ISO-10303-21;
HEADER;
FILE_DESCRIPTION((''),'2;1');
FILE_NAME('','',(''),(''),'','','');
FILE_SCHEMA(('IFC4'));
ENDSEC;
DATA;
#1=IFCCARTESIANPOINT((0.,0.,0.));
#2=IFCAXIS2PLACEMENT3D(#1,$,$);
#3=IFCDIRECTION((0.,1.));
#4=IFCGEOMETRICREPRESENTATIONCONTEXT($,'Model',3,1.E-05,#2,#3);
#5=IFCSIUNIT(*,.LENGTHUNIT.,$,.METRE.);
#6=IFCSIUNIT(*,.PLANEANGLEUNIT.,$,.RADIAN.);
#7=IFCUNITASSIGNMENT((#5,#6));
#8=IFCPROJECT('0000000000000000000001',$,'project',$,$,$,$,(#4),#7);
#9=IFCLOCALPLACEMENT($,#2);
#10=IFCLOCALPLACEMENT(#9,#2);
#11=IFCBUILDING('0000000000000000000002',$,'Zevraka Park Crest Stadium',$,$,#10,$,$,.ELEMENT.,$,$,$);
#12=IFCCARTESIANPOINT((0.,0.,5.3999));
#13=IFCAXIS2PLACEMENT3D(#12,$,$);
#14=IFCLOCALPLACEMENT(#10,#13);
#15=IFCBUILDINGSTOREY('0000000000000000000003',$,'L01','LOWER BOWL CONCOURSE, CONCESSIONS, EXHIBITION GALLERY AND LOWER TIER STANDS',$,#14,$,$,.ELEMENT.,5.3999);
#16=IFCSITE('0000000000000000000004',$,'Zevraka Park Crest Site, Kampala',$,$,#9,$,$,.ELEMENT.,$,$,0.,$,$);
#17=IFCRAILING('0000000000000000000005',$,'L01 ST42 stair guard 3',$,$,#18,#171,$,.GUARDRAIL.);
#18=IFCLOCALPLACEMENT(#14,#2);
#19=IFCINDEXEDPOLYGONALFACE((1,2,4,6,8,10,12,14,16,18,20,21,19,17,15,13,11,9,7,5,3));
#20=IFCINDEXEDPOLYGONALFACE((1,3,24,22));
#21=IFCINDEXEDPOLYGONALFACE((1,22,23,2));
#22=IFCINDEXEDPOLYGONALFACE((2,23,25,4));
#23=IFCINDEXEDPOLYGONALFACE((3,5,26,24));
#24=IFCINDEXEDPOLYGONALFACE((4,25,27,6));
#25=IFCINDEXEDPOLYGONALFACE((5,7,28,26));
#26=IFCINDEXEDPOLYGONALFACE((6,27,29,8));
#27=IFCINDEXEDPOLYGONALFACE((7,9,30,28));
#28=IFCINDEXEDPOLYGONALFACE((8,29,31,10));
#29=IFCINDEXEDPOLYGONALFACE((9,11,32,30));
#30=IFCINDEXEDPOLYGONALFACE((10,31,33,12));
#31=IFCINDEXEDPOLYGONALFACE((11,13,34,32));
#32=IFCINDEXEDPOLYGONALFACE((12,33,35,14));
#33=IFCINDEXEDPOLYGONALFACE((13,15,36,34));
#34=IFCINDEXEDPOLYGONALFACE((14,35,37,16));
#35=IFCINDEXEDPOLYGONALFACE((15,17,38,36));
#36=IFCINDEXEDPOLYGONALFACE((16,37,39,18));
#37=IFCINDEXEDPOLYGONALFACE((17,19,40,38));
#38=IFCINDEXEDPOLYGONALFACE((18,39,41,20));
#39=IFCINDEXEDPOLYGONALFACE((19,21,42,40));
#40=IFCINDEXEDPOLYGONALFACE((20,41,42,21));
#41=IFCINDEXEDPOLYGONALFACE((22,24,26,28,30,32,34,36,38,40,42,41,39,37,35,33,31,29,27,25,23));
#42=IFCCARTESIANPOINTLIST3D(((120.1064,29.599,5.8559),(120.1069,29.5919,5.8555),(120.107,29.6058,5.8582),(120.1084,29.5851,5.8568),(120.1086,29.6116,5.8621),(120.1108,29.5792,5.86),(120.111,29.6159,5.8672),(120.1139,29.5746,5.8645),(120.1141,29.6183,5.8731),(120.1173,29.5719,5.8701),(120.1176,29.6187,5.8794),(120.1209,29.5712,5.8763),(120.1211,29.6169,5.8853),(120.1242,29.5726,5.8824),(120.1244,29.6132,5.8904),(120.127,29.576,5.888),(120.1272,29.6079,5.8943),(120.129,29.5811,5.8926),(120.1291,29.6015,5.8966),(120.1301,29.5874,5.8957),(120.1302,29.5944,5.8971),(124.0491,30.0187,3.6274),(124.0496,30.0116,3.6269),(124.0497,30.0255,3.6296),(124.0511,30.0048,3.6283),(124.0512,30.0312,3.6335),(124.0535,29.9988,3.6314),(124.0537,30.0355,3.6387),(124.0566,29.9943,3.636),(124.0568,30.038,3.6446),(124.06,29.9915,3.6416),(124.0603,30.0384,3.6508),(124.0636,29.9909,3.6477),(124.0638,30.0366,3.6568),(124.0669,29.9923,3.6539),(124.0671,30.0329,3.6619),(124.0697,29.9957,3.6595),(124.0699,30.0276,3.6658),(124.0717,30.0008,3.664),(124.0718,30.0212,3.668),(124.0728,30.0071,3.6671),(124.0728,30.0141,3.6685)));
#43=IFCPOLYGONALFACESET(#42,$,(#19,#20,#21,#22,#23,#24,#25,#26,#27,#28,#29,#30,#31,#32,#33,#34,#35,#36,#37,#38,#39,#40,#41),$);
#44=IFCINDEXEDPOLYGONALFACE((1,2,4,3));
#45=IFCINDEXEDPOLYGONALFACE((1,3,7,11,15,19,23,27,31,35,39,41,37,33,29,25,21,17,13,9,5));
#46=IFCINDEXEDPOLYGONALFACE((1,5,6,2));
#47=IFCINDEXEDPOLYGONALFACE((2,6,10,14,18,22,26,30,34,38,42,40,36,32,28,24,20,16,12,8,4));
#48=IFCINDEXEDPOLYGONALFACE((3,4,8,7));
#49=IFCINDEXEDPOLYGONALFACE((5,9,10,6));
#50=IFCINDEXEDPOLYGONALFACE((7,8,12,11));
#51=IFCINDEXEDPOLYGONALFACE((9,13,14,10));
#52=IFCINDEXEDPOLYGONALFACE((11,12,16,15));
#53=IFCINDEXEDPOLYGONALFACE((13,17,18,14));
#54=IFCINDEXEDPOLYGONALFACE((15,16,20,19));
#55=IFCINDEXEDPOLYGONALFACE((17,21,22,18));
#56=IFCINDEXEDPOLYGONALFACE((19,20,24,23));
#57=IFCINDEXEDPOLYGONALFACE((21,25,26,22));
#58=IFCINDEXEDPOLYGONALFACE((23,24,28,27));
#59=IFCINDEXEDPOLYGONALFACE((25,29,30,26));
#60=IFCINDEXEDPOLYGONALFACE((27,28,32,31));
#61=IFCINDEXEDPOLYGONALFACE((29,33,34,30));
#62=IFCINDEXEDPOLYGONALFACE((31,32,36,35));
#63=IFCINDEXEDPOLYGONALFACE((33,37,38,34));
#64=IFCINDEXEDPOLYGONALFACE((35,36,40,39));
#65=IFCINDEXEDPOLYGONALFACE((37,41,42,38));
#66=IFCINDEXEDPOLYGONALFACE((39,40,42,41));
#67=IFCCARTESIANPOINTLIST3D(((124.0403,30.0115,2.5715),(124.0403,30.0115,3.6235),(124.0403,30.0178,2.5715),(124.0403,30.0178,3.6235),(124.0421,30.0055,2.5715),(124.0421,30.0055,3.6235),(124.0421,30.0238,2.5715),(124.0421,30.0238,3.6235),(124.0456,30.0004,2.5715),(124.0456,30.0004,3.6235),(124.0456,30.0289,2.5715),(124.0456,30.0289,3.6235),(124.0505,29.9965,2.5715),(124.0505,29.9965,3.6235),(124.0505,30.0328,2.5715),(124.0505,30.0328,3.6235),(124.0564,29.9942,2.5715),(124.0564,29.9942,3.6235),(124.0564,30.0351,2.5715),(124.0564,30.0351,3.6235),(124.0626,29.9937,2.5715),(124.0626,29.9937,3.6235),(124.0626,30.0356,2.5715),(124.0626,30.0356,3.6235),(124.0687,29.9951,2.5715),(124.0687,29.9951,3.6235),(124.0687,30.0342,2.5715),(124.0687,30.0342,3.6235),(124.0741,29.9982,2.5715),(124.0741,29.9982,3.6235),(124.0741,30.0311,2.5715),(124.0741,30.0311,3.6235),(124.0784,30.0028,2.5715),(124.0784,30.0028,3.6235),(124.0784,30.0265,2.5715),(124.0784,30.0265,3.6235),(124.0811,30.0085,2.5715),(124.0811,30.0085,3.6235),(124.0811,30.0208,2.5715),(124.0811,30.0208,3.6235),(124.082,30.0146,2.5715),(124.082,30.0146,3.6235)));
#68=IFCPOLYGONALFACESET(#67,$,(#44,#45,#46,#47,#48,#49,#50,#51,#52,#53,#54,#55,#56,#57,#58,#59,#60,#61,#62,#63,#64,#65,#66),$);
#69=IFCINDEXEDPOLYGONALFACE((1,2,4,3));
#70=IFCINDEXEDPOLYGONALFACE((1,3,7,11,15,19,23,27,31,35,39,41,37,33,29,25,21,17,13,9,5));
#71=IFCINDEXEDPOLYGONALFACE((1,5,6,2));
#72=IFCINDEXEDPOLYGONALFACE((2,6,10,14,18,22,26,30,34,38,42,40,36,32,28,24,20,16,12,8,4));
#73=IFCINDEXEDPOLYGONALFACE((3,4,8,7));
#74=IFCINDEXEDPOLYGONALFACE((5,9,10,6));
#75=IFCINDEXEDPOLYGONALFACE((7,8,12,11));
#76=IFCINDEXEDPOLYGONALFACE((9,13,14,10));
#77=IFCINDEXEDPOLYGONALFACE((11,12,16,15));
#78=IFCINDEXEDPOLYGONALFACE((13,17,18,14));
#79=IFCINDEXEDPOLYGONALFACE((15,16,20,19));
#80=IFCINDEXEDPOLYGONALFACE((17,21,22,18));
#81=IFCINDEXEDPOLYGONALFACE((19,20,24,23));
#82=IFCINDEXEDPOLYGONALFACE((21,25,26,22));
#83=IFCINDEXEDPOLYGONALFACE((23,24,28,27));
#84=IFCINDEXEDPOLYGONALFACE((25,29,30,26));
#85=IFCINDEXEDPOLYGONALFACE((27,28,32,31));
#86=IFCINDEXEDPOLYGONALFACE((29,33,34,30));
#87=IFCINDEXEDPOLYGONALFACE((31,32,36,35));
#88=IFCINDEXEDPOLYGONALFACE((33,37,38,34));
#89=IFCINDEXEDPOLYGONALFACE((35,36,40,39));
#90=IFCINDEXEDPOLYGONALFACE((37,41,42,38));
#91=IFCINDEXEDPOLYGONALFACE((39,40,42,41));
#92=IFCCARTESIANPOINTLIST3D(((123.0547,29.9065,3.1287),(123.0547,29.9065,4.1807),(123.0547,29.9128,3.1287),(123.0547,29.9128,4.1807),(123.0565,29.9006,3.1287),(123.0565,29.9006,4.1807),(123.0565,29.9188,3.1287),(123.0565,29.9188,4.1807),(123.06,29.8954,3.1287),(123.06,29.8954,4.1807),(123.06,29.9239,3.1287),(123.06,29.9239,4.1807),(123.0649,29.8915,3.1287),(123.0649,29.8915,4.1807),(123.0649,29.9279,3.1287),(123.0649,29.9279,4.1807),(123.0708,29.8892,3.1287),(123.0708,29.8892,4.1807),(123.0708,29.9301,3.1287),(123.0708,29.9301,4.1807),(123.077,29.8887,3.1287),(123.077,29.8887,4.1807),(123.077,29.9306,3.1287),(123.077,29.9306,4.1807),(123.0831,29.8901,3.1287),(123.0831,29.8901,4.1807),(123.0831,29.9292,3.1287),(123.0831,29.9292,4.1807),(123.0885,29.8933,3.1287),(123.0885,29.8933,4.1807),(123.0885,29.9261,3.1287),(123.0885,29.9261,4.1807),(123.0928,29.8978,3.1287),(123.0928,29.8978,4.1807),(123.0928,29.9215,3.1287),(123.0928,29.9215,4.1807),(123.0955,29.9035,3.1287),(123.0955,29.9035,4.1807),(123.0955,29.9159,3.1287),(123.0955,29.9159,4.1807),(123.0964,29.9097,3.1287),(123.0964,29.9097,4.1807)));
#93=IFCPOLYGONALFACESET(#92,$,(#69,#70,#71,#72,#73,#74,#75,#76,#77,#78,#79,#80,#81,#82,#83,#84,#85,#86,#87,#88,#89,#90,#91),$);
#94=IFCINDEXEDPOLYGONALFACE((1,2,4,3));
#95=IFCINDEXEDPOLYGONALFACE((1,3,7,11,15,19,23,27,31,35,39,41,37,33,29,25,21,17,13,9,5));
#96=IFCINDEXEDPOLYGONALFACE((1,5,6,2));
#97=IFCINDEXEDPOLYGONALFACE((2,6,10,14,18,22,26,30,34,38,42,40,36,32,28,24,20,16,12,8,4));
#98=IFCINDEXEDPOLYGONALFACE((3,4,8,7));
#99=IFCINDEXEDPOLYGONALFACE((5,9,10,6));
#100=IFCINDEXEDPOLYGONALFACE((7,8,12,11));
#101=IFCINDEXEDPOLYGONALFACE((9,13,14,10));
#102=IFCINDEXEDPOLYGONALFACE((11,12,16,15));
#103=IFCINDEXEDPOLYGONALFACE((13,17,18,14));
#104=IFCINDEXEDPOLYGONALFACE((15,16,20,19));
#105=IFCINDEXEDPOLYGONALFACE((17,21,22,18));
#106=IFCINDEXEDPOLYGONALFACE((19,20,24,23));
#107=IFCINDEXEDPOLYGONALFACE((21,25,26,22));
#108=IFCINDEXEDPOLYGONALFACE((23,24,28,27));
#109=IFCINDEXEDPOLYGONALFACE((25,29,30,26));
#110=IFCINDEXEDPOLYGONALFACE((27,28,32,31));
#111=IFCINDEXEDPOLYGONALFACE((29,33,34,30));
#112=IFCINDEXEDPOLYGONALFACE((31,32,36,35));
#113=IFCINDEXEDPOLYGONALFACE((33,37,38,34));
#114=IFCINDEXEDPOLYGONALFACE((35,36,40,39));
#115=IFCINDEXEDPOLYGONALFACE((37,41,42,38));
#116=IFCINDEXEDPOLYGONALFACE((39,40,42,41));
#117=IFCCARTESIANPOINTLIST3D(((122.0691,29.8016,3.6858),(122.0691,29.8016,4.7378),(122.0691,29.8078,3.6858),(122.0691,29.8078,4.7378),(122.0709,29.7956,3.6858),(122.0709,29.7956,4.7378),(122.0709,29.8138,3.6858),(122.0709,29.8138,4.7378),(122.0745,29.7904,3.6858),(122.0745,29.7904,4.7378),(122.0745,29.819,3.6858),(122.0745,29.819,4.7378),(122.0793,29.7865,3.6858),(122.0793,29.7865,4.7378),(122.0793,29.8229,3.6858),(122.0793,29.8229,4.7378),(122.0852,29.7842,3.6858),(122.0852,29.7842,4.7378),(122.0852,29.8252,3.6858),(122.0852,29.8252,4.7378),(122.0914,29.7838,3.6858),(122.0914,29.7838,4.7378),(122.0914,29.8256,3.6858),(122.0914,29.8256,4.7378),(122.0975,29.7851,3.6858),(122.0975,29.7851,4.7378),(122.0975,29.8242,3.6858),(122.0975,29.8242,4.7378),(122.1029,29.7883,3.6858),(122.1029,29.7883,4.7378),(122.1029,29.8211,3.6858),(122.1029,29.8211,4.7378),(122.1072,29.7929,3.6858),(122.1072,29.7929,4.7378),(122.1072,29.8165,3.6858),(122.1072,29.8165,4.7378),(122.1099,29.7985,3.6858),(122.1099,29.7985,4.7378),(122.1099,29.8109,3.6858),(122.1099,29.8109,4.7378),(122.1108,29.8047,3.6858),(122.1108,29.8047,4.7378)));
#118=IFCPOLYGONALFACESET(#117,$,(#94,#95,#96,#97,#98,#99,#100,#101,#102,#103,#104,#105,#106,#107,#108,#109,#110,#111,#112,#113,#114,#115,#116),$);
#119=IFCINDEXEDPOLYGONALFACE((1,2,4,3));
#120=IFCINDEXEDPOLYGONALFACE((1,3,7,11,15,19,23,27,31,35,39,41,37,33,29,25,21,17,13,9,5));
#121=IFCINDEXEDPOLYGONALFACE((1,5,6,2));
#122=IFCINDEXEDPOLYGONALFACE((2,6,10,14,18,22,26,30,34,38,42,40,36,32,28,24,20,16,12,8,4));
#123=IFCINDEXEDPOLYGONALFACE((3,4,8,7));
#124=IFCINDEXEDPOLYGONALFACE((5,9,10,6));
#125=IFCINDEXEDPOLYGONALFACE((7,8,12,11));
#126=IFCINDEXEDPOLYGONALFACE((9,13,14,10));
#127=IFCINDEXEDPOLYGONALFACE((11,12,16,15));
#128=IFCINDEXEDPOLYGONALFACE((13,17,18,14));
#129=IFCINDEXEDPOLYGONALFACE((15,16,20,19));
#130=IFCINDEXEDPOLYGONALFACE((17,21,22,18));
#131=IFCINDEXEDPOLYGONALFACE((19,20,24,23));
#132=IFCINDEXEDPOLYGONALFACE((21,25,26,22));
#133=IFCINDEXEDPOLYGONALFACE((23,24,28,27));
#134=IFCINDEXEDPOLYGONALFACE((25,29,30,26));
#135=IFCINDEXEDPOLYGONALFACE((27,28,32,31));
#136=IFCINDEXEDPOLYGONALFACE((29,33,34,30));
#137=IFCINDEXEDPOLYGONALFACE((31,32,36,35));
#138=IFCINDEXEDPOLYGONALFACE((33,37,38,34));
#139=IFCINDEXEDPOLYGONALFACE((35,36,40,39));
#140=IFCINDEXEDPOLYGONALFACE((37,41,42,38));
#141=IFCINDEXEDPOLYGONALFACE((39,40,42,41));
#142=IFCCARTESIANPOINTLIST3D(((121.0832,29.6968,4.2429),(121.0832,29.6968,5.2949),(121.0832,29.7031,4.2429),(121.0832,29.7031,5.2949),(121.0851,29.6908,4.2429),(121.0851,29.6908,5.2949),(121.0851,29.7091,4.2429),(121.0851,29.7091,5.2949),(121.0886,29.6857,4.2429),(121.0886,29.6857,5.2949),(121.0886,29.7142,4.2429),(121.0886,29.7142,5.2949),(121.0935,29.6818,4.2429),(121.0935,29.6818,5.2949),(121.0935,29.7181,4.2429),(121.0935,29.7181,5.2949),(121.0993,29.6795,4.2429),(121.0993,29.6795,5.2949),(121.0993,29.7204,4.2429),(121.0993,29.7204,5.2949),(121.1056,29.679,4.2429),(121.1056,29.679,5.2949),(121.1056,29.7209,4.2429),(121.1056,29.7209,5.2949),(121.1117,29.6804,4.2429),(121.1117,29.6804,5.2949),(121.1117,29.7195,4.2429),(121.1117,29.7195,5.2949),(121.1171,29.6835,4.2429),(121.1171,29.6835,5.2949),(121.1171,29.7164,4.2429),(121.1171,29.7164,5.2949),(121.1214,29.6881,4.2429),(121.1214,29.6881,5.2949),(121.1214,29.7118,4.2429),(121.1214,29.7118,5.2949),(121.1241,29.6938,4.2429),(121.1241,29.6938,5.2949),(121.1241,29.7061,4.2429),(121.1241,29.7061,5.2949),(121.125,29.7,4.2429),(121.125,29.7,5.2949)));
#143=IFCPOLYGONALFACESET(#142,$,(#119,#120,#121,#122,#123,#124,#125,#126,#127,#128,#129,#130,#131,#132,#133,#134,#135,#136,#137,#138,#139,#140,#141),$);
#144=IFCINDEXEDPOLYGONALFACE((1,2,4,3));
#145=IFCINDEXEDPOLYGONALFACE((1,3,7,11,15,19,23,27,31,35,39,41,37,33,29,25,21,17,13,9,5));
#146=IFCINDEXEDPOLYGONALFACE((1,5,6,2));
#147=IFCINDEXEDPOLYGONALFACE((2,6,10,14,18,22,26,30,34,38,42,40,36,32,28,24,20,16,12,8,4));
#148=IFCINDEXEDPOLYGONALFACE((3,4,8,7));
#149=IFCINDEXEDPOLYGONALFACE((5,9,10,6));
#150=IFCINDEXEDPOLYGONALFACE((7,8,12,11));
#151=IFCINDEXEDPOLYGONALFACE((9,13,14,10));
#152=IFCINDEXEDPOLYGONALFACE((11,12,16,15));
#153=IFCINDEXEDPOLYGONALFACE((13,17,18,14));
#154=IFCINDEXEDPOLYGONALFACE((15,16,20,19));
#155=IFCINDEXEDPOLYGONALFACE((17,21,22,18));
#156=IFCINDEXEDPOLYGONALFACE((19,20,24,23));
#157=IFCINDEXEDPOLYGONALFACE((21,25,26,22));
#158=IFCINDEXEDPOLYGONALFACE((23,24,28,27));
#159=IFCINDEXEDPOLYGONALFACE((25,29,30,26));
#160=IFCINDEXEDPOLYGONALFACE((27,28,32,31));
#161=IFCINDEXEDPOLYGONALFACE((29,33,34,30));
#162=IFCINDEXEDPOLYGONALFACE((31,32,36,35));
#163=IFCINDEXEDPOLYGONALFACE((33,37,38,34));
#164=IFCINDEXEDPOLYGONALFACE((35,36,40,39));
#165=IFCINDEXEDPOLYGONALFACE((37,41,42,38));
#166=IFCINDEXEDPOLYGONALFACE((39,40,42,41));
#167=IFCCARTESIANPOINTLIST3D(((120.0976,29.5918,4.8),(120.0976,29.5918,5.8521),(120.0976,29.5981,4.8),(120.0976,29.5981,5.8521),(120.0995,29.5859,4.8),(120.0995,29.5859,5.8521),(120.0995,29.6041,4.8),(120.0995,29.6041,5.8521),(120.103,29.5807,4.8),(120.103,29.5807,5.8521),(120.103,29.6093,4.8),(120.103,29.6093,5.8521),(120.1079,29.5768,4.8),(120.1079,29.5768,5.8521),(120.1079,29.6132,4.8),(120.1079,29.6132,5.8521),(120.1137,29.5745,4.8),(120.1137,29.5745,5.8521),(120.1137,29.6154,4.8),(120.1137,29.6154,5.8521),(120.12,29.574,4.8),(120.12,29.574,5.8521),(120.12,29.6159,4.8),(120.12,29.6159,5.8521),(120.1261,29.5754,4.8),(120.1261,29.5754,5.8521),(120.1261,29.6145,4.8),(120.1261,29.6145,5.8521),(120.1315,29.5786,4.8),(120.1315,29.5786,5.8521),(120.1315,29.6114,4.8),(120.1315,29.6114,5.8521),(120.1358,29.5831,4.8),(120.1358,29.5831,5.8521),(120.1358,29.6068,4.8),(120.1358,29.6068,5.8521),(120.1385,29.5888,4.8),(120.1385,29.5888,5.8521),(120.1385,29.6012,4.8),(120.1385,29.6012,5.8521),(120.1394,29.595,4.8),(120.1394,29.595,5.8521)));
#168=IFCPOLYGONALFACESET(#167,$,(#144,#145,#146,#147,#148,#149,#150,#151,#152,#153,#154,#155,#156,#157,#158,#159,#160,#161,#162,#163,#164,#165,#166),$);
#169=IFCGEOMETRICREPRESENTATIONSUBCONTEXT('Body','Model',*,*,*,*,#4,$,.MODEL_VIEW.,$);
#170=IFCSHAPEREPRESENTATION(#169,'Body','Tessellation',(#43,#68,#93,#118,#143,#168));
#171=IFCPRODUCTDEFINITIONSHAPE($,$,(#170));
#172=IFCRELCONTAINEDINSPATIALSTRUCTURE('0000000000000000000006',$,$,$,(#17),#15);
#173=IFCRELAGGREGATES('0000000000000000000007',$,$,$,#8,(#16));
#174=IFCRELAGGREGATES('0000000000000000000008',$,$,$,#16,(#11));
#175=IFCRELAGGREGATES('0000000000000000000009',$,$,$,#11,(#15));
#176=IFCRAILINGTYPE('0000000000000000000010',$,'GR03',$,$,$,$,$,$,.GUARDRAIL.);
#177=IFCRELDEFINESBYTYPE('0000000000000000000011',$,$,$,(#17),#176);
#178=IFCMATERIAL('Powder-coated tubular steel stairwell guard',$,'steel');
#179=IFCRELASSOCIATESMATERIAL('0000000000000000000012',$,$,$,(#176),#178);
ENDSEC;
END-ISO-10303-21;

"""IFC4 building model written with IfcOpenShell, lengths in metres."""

from ifc_helpers import new_model, si_unit, direction, frame, origin, origin_2d, place, context, subcontext, project, spatial, circle, extrude, material, type_object, element, save


model = new_model("IFC4")

# Units and contexts
model_context = context("Model", 3, precision=1e-05, world=origin(), true_north=direction((0.0, 1.0)))
body_context = subcontext(model_context, "Body", "Model", "MODEL_VIEW")
ifc_project = project(units=[si_unit("LENGTHUNIT", "METRE"), si_unit("PLANEANGLEUNIT", "RADIAN")], contexts=[model_context])

# Site, building, storey
site_placement = place(None, origin())
site = spatial("IfcSite", under=ifc_project, at=site_placement, Name="Zevraka Park Crest Site, Kampala", CompositionType="ELEMENT", RefElevation=0.0)
building_placement = place(site_placement, origin())
building = spatial("IfcBuilding", under=site, at=building_placement, Name="Zevraka Park Crest Stadium", CompositionType="ELEMENT")
storey_placement = place(building_placement, frame((0.0, 0.0, 5.3999)))
storey = spatial("IfcBuildingStorey", under=building, at=storey_placement, Name="L01", Description="LOWER BOWL CONCOURSE, CONCESSIONS, EXHIBITION GALLERY AND LOWER TIER STANDS", CompositionType="ELEMENT", Elevation=5.3999)

# Railing
ifc_material_1 = material(Name="Powder-coated tubular steel stairwell guard", Category="steel")
railing_type_1 = type_object("IfcRailingType", Name="GR03", PredefinedType="GUARDRAIL", material=ifc_material_1)
railing_1_placement = place(storey_placement, frame((124.061, 30.0146, 2.5715)))
element("IfcRailing", 1, at=railing_1_placement, inside=storey, type_object=railing_type_1, Name="L01 ST42 stair guard 3", PredefinedType="GUARDRAIL", context=body_context, shape_type="SweptSolid", body=[
    extrude(circle(Radius=0.0239, at=origin_2d()), frame((0.0, 0.0, 1.0762), z_axis=(-0.866842, -0.092272, 0.48997), x_axis=(0.105848, -0.994382, 0.0)), (0.0, 0.0, 1.0), 4.5483),
    extrude(circle(Radius=0.021, at=origin_2d()), origin(), (0.0, 0.0, 1.0), 1.052),
    extrude(circle(Radius=0.021, at=origin_2d()), frame((-0.9856, -0.105, 0.5571)), (0.0, 0.0, 1.0), 1.052),
    extrude(circle(Radius=0.021, at=origin_2d()), frame((-1.9712, -0.21, 1.1143)), (0.0, 0.0, 1.0), 1.052),
    extrude(circle(Radius=0.021, at=origin_2d()), frame((-2.957, -0.3147, 1.6714)), (0.0, 0.0, 1.0), 1.052),
    extrude(circle(Radius=0.021, at=origin_2d()), frame((-3.9426, -0.4197, 2.2285)), (0.0, 0.0, 1.0), 1.052),
])

save(model, "model.ifc")
